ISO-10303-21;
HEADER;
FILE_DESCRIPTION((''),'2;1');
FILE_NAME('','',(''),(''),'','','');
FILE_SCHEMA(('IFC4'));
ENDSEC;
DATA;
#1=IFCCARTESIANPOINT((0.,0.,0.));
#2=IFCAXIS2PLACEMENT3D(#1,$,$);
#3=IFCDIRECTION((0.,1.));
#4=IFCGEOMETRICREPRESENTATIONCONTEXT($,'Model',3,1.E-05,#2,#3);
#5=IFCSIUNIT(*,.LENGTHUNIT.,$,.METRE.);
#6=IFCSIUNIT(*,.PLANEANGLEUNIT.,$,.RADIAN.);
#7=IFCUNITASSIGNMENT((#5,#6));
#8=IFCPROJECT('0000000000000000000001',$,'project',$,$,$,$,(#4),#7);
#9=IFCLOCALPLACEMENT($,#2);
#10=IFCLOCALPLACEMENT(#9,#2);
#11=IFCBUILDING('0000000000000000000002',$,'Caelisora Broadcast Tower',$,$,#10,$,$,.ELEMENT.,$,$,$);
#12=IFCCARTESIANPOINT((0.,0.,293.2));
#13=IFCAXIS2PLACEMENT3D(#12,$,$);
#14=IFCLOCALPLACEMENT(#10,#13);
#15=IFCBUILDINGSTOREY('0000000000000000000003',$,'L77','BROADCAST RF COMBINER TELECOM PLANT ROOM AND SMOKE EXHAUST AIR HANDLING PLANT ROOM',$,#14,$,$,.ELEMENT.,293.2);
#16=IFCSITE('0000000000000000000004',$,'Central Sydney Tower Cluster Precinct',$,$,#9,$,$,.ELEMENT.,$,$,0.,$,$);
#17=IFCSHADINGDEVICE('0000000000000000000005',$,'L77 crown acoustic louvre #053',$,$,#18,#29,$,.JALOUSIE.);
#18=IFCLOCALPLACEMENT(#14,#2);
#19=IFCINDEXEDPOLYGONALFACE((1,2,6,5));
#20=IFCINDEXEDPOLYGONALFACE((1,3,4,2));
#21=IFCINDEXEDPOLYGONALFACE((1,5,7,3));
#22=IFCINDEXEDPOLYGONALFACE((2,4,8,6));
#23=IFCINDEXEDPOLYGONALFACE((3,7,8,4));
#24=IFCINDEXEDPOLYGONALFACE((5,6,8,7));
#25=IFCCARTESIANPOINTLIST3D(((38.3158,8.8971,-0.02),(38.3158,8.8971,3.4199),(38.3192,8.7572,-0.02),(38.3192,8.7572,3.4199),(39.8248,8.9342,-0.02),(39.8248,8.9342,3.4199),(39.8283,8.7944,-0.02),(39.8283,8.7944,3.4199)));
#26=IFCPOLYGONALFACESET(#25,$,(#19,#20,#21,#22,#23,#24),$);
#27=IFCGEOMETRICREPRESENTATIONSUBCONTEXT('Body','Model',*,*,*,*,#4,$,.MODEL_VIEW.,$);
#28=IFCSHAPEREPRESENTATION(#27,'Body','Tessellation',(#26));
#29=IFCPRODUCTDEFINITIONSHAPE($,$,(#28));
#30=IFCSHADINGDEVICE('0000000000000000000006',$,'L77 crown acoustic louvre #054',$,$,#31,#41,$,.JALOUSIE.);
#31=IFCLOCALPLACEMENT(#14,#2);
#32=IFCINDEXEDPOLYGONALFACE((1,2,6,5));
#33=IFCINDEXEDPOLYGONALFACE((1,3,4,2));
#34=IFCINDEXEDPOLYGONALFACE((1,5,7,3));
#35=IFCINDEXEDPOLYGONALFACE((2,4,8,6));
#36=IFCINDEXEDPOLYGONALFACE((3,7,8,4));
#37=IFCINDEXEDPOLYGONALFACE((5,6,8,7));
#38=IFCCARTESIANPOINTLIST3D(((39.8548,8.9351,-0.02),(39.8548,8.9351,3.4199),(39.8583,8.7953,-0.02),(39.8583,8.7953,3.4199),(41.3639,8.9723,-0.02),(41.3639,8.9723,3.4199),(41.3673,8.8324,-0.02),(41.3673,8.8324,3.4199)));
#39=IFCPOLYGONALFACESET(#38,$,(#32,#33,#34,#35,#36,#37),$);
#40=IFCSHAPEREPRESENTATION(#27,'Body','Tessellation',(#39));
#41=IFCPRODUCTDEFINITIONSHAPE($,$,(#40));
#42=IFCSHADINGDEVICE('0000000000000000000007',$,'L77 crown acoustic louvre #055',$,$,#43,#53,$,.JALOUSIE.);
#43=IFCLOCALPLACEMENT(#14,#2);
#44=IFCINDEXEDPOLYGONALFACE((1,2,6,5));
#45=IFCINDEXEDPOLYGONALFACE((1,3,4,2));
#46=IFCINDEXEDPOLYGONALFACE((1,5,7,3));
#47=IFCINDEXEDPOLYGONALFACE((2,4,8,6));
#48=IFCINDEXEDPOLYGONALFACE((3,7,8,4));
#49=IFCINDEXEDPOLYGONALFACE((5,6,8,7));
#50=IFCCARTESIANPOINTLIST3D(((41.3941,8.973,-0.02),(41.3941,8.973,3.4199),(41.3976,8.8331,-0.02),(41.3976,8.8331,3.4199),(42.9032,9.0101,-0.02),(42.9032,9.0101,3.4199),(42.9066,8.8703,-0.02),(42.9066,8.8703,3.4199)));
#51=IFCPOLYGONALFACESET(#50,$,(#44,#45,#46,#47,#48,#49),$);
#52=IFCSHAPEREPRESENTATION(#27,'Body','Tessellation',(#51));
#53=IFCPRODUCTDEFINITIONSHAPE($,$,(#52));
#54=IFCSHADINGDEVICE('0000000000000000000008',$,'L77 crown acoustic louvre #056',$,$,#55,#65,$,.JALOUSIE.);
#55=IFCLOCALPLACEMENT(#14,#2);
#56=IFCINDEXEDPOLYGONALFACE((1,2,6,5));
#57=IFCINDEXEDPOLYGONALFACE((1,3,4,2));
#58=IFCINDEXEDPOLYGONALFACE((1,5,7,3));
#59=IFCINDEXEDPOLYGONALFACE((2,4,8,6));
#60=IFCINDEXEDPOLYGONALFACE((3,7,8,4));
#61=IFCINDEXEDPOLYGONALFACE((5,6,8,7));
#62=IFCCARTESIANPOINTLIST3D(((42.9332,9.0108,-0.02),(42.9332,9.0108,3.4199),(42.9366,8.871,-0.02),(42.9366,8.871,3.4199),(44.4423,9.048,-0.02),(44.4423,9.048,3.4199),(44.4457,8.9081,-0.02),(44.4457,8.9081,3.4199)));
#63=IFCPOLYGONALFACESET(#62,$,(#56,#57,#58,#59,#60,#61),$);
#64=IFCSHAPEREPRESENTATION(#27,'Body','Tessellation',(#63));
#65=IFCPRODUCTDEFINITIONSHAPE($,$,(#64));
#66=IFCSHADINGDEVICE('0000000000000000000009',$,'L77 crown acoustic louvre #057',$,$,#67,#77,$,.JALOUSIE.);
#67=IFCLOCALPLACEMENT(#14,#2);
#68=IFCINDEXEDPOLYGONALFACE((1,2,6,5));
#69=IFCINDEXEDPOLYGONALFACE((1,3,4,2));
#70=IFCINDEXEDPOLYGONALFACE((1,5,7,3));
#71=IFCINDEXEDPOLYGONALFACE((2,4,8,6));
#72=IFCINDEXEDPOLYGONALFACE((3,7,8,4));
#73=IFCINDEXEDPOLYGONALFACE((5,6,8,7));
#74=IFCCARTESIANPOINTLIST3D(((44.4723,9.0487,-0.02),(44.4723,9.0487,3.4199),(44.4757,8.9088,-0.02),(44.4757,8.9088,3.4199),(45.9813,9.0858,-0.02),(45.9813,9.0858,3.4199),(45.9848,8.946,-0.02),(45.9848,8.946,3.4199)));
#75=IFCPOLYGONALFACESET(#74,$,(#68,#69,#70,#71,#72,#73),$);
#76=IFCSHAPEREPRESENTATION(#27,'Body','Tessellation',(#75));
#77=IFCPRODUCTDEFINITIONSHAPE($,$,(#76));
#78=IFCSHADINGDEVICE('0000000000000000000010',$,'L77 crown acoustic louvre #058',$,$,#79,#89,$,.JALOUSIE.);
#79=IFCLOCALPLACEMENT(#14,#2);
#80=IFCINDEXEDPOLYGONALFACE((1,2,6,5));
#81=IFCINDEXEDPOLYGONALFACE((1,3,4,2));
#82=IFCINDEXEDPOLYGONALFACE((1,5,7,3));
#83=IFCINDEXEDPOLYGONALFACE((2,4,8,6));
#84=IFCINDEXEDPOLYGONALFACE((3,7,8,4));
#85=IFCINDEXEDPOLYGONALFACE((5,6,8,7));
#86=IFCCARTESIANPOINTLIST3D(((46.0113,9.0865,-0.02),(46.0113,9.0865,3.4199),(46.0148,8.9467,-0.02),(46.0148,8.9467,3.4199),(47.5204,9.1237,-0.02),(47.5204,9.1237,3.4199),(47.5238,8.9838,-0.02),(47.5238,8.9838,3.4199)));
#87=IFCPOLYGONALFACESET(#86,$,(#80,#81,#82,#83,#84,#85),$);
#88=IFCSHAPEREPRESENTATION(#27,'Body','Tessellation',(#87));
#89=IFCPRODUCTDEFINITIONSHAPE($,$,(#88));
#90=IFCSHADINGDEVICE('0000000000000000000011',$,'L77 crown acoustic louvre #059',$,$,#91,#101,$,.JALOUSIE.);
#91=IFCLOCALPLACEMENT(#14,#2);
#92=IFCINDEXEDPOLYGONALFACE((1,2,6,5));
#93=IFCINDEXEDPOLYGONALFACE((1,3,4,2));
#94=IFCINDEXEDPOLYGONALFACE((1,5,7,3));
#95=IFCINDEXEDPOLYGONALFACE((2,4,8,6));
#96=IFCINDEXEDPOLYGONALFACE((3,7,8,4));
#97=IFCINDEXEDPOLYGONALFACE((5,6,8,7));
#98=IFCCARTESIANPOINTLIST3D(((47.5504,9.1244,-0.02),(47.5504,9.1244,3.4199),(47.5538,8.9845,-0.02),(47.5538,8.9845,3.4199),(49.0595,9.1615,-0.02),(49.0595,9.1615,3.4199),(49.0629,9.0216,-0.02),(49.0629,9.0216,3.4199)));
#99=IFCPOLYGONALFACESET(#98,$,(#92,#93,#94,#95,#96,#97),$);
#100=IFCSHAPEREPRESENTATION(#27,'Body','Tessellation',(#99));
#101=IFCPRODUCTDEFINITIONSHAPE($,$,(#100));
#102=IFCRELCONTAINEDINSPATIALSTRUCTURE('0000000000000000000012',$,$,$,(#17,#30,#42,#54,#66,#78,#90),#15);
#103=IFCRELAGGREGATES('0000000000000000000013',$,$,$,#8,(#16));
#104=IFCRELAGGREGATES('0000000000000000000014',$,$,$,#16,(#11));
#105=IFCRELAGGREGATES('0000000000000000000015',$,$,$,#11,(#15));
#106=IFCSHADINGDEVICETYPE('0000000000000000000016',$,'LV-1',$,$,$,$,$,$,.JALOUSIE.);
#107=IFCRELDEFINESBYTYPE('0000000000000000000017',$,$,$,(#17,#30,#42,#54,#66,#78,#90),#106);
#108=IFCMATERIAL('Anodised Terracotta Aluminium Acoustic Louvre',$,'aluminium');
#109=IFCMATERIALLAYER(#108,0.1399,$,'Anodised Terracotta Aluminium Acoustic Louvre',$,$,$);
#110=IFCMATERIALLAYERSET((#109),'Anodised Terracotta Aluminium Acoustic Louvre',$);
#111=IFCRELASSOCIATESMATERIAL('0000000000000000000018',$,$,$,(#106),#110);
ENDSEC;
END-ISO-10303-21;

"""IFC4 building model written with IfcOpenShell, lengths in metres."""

from ifc_helpers import new_model, si_unit, direction, frame, origin, origin_2d, place, context, subcontext, project, spatial, rectangle, extrude, source, transform, mapped, material, layer, layer_set, type_object, type_shapes, element, save


model = new_model("IFC4")

# Units and contexts
model_context = context("Model", 3, precision=1e-05, world=origin(), true_north=direction((0.0, 1.0)))
body_context = subcontext(model_context, "Body", "Model", "MODEL_VIEW")
ifc_project = project(units=[si_unit("LENGTHUNIT", "METRE"), si_unit("PLANEANGLEUNIT", "RADIAN")], contexts=[model_context])

# Site, building, storey
site_placement = place(None, origin())
site = spatial("IfcSite", under=ifc_project, at=site_placement, Name="Central Sydney Tower Cluster Precinct", CompositionType="ELEMENT", RefElevation=0.0)
building_placement = place(site_placement, origin())
building = spatial("IfcBuilding", under=site, at=building_placement, Name="Caelisora Broadcast Tower", CompositionType="ELEMENT")
storey_placement = place(building_placement, frame((0.0, 0.0, 293.2)))
storey = spatial("IfcBuildingStorey", under=building, at=storey_placement, Name="L77", Description="BROADCAST RF COMBINER TELECOM PLANT ROOM AND SMOKE EXHAUST AIR HANDLING PLANT ROOM", CompositionType="ELEMENT", Elevation=293.2)

# Shading devices
ifc_material_1 = material(Name="Anodised Terracotta Aluminium Acoustic Louvre", Category="aluminium")
ifc_layer_1 = layer(ifc_material_1, 0.1399, Name="Anodised Terracotta Aluminium Acoustic Louvre")
ifc_layer_set_1 = layer_set([ifc_layer_1], Name="Anodised Terracotta Aluminium Acoustic Louvre")
shading_device_type = type_object("IfcShadingDeviceType", Name="LV-1", PredefinedType="JALOUSIE", material=ifc_layer_set_1)
shared_shape_1 = source(origin(), body_context, "Body", "SweptSolid", [
    extrude(rectangle(XDim=1.5095, YDim=0.1399, at=origin_2d()), origin(), (0.0, 0.0, 1.0), 3.4399),
])
type_shapes(shading_device_type, [shared_shape_1])
for number, where, z_axis, x_axis, name in (
    (1, (39.072, 8.8457, -0.02), (0.0, 0.0, 1.0), (0.999697, 0.024607, 0.0), "L77 crown acoustic louvre #053"),
    (2, (40.6111, 8.8838, -0.02), (0.0, 0.0, 1.0), (0.999697, 0.024607, 0.0), "L77 crown acoustic louvre #054"),
    (3, (42.1504, 8.9216, -0.02), (0.0, 0.0, 1.0), (0.999697, 0.024607, 0.0), "L77 crown acoustic louvre #055"),
    (4, (43.6895, 8.9595, -0.02), (0.0, 0.0, 1.0), (0.999697, 0.024607, 0.0), "L77 crown acoustic louvre #056"),
    (5, (45.2285, 8.9973, -0.02), (0.0, 0.0, 1.0), (0.999697, 0.024607, 0.0), "L77 crown acoustic louvre #057"),
    (6, (46.7676, 9.0352, -0.02), (0.0, 0.0, 1.0), (0.999697, 0.024607, 0.0), "L77 crown acoustic louvre #058"),
    (7, (48.3066, 9.073, -0.02), (0.0, 0.0, 1.0), (0.999697, 0.024607, 0.0), "L77 crown acoustic louvre #059"),
):
    element("IfcShadingDevice", number, at=place(storey_placement, frame(where, z_axis=z_axis, x_axis=x_axis)), inside=storey, type_object=shading_device_type, Name=name, PredefinedType="JALOUSIE", context=body_context, shape_type="MappedRepresentation", body=[
        mapped(shared_shape_1, transform((0.0, 0.0, 0.0), scale=1.0)),
    ])

save(model, "model.ifc")
